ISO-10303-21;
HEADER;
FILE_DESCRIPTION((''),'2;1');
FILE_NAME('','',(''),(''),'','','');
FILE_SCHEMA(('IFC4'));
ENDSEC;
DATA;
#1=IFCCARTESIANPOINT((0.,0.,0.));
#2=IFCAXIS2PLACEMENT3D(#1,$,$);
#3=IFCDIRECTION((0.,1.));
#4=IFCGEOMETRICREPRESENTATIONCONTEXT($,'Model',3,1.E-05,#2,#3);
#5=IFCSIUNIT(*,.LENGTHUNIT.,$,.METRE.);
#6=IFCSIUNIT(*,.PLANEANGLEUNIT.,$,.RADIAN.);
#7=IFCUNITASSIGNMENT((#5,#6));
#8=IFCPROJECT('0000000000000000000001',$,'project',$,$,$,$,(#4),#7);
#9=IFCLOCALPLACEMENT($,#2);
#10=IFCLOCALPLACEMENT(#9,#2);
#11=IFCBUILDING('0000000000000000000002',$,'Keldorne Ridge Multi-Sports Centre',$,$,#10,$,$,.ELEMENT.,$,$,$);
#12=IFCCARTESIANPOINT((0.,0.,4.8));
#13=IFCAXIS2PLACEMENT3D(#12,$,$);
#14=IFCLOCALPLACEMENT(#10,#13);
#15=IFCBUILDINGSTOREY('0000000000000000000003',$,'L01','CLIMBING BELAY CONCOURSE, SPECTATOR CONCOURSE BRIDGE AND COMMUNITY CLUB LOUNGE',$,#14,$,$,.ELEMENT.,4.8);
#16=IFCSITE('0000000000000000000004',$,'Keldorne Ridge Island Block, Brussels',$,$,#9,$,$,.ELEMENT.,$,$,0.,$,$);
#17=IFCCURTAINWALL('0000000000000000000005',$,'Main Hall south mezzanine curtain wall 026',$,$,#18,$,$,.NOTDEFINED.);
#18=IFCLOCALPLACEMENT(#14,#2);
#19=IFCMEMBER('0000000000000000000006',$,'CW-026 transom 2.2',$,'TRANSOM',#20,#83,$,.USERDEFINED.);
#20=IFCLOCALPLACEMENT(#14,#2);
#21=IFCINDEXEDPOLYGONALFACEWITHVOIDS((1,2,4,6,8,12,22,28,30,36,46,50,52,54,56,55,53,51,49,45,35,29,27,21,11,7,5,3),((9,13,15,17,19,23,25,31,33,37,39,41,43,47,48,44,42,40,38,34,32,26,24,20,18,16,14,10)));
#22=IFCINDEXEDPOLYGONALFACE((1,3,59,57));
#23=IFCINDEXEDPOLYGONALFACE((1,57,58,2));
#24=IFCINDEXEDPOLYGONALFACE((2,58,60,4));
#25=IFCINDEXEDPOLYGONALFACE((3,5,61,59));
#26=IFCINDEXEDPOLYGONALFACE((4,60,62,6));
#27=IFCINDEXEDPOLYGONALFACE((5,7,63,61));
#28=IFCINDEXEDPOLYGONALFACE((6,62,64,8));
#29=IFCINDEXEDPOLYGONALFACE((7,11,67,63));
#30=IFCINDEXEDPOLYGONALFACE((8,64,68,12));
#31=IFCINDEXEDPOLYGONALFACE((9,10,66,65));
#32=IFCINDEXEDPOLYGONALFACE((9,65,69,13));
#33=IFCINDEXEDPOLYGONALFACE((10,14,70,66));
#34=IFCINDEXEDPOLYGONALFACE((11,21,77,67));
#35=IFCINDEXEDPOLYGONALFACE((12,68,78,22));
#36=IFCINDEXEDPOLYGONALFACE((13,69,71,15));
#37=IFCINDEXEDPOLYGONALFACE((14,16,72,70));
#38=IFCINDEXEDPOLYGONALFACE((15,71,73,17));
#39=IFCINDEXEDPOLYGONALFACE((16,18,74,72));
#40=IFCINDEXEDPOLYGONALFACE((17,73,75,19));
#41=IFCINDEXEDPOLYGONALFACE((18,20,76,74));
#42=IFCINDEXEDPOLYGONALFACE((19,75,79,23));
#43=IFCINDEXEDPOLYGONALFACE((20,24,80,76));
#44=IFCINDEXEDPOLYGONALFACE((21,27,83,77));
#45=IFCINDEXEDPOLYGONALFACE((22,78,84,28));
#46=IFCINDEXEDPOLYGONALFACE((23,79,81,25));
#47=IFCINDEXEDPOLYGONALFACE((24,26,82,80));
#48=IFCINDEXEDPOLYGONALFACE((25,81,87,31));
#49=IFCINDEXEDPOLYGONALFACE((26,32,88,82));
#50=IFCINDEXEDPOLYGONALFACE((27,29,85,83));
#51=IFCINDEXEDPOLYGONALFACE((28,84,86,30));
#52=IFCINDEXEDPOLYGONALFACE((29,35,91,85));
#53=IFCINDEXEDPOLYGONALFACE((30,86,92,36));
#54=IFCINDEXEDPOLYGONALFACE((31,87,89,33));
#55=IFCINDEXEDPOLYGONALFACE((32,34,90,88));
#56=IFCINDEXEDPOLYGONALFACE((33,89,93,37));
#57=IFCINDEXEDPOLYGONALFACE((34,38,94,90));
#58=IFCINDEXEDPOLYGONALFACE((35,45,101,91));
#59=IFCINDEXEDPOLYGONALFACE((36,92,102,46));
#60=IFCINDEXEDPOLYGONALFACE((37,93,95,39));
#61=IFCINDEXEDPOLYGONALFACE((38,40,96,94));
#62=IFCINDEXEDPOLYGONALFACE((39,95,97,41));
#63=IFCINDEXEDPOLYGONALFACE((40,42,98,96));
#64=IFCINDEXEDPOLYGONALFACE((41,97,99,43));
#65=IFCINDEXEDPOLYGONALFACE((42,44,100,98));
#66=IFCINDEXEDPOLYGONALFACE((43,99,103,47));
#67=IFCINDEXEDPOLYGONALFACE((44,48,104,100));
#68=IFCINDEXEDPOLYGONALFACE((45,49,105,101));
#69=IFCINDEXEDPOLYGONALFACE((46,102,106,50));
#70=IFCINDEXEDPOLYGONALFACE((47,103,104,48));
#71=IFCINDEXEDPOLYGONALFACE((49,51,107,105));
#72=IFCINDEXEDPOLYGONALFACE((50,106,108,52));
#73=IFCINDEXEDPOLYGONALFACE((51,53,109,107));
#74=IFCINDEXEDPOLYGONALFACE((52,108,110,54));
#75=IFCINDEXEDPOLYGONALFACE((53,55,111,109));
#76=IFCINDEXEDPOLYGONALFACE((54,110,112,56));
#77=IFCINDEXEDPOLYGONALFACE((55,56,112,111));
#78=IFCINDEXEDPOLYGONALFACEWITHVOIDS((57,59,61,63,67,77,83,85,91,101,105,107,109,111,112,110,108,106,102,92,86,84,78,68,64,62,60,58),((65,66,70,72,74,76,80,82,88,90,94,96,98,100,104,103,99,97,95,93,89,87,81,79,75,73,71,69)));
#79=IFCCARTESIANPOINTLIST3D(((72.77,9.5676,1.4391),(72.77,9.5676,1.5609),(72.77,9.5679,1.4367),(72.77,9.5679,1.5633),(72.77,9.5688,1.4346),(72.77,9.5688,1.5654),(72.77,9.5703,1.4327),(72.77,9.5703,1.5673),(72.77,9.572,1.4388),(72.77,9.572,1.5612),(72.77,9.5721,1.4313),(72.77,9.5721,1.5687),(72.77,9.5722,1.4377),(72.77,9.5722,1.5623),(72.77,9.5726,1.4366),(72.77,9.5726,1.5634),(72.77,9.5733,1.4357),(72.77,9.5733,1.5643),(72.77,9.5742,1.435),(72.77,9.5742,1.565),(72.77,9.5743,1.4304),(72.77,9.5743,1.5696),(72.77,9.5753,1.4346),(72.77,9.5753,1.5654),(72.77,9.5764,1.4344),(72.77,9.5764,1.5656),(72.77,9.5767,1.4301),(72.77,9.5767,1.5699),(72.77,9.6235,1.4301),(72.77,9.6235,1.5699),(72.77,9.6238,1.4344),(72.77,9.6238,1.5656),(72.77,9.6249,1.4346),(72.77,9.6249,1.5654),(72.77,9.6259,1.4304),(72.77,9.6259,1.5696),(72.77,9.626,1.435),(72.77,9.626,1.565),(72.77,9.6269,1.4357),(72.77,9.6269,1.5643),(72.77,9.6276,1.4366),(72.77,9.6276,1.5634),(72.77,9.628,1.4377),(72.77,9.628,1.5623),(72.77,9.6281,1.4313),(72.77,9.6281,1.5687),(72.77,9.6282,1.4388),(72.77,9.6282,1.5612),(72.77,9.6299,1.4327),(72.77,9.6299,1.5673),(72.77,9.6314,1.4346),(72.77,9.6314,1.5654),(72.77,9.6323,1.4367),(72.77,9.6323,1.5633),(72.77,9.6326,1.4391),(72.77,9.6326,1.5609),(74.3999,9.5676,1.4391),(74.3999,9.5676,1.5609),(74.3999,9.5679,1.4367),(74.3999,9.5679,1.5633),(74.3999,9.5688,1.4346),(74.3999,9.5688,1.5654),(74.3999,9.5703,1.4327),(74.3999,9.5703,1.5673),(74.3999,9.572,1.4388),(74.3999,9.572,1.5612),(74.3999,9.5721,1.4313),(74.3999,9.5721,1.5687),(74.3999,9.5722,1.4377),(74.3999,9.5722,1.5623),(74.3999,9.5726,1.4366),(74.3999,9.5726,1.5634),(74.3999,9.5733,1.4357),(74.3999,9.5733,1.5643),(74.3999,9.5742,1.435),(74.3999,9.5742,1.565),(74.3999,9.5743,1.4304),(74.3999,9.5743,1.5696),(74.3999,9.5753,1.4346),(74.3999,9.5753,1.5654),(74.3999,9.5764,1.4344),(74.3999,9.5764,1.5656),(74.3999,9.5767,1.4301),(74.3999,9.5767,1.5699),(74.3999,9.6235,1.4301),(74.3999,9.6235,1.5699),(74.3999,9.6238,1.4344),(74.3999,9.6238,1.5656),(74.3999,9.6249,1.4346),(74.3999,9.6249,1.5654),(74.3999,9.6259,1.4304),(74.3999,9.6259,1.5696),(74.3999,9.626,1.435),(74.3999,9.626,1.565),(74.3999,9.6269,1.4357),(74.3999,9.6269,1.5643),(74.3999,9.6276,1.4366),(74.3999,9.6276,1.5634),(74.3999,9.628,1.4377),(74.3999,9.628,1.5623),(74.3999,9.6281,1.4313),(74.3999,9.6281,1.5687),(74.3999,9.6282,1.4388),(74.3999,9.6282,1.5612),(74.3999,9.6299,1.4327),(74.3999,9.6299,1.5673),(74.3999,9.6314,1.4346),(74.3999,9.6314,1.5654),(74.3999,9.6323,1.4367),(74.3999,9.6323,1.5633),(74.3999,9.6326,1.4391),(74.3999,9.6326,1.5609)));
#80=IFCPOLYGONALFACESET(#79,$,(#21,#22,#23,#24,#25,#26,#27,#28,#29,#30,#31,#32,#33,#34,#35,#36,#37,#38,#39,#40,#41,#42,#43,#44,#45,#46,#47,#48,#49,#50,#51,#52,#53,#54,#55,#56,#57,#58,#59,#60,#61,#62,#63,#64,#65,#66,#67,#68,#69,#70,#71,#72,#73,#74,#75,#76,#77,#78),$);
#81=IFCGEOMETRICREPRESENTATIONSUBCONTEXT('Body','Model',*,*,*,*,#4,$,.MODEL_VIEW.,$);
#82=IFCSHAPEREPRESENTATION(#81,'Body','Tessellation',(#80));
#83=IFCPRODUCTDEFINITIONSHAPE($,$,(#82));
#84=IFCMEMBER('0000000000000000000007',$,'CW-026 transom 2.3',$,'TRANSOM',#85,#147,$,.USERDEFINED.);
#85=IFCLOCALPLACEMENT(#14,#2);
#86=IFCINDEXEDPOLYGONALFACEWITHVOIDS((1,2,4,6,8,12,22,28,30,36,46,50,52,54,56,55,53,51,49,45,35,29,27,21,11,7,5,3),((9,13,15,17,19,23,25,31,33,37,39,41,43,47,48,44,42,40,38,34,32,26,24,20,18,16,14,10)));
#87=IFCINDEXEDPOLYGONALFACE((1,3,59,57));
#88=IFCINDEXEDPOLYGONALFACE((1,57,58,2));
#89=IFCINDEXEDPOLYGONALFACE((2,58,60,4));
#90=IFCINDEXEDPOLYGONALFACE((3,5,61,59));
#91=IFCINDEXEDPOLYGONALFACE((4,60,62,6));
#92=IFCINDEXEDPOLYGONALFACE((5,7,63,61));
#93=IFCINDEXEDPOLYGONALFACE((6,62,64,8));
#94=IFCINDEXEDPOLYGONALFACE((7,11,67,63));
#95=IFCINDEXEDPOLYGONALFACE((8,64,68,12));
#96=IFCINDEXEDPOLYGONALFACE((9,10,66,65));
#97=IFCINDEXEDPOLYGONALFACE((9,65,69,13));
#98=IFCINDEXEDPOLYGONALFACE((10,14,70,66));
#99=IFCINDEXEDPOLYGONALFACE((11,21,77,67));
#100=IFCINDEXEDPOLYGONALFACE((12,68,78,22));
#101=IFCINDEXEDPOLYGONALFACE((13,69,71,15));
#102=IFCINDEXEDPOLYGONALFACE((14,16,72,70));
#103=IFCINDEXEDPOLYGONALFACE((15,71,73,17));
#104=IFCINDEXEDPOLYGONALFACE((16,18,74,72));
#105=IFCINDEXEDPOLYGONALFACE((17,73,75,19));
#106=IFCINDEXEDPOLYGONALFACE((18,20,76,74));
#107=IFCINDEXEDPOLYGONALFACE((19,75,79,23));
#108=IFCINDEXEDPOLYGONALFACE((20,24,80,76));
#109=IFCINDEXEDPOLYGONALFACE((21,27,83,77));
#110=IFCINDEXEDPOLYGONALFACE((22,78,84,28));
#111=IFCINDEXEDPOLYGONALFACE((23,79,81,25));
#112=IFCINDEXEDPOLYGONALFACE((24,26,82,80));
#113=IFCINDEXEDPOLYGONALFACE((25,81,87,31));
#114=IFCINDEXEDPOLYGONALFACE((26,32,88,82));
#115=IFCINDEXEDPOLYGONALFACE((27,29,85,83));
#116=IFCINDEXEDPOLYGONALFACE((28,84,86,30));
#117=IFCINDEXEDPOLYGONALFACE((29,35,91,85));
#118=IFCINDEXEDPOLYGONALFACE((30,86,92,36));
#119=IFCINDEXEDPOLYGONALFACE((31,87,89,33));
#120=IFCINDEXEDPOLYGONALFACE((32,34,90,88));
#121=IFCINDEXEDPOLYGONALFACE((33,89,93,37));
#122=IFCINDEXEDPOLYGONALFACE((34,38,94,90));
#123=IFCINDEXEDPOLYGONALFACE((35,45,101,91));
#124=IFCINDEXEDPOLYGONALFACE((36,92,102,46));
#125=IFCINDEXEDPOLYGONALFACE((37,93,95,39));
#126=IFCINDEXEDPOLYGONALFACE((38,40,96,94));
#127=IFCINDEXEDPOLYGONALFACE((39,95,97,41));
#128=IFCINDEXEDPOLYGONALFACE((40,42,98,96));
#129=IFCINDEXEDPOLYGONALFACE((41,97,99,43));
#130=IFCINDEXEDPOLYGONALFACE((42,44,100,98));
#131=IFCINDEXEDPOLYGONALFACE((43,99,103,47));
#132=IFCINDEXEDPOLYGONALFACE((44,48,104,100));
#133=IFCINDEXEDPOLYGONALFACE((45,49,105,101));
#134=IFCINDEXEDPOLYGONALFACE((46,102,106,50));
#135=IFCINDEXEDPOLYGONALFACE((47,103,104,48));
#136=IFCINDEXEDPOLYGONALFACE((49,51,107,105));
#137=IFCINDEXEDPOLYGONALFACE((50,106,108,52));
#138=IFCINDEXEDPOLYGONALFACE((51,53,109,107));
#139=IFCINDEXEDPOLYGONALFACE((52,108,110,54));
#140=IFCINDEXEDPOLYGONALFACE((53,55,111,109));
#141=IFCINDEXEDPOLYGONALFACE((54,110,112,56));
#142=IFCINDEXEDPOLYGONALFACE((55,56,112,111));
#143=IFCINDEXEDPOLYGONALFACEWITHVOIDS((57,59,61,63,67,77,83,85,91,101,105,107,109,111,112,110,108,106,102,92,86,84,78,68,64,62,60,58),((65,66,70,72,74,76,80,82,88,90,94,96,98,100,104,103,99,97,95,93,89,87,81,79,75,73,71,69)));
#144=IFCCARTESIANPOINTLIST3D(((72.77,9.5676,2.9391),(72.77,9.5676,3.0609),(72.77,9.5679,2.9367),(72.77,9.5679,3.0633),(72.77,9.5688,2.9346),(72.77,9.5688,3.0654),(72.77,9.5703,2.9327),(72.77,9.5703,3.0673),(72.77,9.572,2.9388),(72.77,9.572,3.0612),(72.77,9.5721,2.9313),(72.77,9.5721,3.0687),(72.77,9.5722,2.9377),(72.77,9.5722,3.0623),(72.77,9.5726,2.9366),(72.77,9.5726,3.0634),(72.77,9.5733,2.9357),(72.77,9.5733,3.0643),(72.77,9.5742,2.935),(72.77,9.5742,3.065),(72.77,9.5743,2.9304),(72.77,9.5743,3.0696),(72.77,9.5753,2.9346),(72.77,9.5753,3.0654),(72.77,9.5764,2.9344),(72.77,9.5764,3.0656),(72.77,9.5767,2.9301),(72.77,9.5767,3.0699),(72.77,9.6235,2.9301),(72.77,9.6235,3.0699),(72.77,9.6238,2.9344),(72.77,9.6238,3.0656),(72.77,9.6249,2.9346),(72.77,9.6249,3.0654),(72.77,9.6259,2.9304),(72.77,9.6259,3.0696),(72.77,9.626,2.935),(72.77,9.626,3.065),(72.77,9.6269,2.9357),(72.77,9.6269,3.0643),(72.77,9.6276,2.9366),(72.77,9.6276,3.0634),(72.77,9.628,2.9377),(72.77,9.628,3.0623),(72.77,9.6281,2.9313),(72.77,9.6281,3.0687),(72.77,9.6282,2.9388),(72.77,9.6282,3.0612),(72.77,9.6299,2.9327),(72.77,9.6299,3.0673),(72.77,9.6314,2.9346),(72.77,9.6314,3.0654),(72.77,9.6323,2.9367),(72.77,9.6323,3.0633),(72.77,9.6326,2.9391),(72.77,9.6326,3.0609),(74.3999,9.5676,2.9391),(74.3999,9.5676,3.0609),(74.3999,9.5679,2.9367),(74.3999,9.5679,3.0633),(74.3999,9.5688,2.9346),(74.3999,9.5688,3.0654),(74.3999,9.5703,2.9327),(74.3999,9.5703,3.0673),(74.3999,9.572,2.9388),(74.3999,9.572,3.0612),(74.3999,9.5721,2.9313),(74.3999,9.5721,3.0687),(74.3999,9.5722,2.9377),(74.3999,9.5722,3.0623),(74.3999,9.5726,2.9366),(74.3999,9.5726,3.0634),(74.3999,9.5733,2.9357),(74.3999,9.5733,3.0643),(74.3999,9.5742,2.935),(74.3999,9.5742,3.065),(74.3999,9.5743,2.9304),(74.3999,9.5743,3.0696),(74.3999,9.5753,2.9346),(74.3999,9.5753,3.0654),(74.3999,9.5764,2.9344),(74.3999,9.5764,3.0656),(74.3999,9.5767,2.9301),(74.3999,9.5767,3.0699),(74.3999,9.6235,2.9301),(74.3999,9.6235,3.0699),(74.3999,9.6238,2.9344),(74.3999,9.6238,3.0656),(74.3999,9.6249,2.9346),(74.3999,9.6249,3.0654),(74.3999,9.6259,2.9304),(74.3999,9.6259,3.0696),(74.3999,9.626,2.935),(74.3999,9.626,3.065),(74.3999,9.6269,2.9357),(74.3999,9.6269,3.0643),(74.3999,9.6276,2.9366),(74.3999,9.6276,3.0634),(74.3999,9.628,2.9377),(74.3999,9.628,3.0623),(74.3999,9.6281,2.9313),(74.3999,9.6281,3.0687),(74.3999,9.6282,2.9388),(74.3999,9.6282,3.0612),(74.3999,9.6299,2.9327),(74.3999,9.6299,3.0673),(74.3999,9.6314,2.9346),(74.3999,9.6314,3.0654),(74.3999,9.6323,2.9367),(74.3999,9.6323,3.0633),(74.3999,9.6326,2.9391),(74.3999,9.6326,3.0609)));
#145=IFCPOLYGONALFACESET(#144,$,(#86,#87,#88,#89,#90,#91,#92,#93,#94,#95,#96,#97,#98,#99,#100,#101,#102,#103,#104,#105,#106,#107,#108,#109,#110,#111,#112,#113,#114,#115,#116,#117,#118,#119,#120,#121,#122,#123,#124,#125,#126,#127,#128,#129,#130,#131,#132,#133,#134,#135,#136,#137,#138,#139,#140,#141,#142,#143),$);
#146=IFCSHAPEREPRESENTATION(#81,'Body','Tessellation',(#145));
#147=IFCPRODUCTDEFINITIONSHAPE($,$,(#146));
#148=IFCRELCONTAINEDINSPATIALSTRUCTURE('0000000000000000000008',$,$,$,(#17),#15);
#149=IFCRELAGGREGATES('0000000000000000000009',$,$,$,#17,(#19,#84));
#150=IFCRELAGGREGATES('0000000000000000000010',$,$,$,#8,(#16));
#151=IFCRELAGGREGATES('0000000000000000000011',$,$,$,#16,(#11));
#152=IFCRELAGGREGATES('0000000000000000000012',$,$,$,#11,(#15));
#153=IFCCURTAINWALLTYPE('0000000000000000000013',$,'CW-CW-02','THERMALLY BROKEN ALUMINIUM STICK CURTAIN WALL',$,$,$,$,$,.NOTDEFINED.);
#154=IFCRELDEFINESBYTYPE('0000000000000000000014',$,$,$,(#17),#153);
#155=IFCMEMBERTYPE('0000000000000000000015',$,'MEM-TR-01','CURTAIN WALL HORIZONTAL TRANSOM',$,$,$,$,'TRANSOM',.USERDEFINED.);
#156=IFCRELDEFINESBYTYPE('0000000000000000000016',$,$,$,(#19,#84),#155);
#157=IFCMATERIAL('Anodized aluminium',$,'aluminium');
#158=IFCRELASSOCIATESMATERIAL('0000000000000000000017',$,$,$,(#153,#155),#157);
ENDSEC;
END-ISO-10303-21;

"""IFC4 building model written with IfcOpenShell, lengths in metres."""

from ifc_helpers import new_model, si_unit, direction, frame, origin, origin_2d, place, context, subcontext, project, spatial, hollow_rectangle, extrude, material, material_profile, profile_set, type_object, element, aggregate, save


model = new_model("IFC4")

# Units and contexts
model_context = context("Model", 3, precision=1e-05, world=origin(), true_north=direction((0.0, 1.0)))
body_context = subcontext(model_context, "Body", "Model", "MODEL_VIEW")
ifc_project = project(units=[si_unit("LENGTHUNIT", "METRE"), si_unit("PLANEANGLEUNIT", "RADIAN")], contexts=[model_context])

# Site, building, storey
site_placement = place(None, origin())
site = spatial("IfcSite", under=ifc_project, at=site_placement, Name="Keldorne Ridge Island Block, Brussels", CompositionType="ELEMENT", RefElevation=0.0)
building_placement = place(site_placement, origin())
building = spatial("IfcBuilding", under=site, at=building_placement, Name="Keldorne Ridge Multi-Sports Centre", CompositionType="ELEMENT")
storey_placement = place(building_placement, frame((0.0, 0.0, 4.8)))
storey = spatial("IfcBuildingStorey", under=building, at=storey_placement, Name="L01", Description="CLIMBING BELAY CONCOURSE, SPECTATOR CONCOURSE BRIDGE AND COMMUNITY CLUB LOUNGE", CompositionType="ELEMENT", Elevation=4.8)

# Curtain wall, members
ifc_material_1 = material(Name="Anodized aluminium", Category="aluminium")
curtain_wall_type = type_object("IfcCurtainWallType", Name="CW-CW-02", Description="THERMALLY BROKEN ALUMINIUM STICK CURTAIN WALL", PredefinedType="NOTDEFINED", material=ifc_material_1)
curtain_wall_placement = place(storey_placement, origin())
curtain_wall = element("IfcCurtainWall", 1, at=curtain_wall_placement, inside=storey, type_object=curtain_wall_type, Name="Main Hall south mezzanine curtain wall 026", PredefinedType="NOTDEFINED")
ifc_material_profile_1 = material_profile(ifc_material_1, hollow_rectangle(XDim=0.0649, YDim=0.1399, WallThickness=0.0044, InnerFilletRadius=0.0044, OuterFilletRadius=0.009, at=origin_2d()), Name="ALU TRANSOM 140x65x4.5")
ifc_profile_set_1 = profile_set([ifc_material_profile_1], Name="Anodized aluminium")
member_type_1 = type_object("IfcMemberType", Name="MEM-TR-01", Description="CURTAIN WALL HORIZONTAL TRANSOM", ElementType="TRANSOM", PredefinedType="USERDEFINED", material=ifc_profile_set_1)
member_1_placement = place(storey_placement, frame((72.77, 9.6001, 1.5), z_axis=(1.0, 0.0, 0.0), x_axis=(0.0, 1.0, 0.0)))
member_1 = element("IfcMember", 2, at=member_1_placement, type_object=member_type_1, Name="CW-026 transom 2.2", ObjectType="TRANSOM", PredefinedType="USERDEFINED", context=body_context, shape_type="SweptSolid", body=[
    extrude(hollow_rectangle(XDim=0.0649, YDim=0.1399, WallThickness=0.0044, InnerFilletRadius=0.0044, OuterFilletRadius=0.009, at=origin_2d()), origin(), (0.0, 0.0, 1.0), 1.6299),
])
member_2_placement = place(storey_placement, frame((72.77, 9.6001, 3.0), z_axis=(1.0, 0.0, 0.0), x_axis=(0.0, 1.0, 0.0)))
member_2 = element("IfcMember", 3, at=member_2_placement, type_object=member_type_1, Name="CW-026 transom 2.3", ObjectType="TRANSOM", PredefinedType="USERDEFINED", context=body_context, shape_type="SweptSolid", body=[
    extrude(hollow_rectangle(XDim=0.0649, YDim=0.1399, WallThickness=0.0044, InnerFilletRadius=0.0044, OuterFilletRadius=0.009, at=origin_2d()), origin(), (0.0, 0.0, 1.0), 1.6299),
])
aggregate(curtain_wall, [member_1, member_2])

save(model, "model.ifc")
